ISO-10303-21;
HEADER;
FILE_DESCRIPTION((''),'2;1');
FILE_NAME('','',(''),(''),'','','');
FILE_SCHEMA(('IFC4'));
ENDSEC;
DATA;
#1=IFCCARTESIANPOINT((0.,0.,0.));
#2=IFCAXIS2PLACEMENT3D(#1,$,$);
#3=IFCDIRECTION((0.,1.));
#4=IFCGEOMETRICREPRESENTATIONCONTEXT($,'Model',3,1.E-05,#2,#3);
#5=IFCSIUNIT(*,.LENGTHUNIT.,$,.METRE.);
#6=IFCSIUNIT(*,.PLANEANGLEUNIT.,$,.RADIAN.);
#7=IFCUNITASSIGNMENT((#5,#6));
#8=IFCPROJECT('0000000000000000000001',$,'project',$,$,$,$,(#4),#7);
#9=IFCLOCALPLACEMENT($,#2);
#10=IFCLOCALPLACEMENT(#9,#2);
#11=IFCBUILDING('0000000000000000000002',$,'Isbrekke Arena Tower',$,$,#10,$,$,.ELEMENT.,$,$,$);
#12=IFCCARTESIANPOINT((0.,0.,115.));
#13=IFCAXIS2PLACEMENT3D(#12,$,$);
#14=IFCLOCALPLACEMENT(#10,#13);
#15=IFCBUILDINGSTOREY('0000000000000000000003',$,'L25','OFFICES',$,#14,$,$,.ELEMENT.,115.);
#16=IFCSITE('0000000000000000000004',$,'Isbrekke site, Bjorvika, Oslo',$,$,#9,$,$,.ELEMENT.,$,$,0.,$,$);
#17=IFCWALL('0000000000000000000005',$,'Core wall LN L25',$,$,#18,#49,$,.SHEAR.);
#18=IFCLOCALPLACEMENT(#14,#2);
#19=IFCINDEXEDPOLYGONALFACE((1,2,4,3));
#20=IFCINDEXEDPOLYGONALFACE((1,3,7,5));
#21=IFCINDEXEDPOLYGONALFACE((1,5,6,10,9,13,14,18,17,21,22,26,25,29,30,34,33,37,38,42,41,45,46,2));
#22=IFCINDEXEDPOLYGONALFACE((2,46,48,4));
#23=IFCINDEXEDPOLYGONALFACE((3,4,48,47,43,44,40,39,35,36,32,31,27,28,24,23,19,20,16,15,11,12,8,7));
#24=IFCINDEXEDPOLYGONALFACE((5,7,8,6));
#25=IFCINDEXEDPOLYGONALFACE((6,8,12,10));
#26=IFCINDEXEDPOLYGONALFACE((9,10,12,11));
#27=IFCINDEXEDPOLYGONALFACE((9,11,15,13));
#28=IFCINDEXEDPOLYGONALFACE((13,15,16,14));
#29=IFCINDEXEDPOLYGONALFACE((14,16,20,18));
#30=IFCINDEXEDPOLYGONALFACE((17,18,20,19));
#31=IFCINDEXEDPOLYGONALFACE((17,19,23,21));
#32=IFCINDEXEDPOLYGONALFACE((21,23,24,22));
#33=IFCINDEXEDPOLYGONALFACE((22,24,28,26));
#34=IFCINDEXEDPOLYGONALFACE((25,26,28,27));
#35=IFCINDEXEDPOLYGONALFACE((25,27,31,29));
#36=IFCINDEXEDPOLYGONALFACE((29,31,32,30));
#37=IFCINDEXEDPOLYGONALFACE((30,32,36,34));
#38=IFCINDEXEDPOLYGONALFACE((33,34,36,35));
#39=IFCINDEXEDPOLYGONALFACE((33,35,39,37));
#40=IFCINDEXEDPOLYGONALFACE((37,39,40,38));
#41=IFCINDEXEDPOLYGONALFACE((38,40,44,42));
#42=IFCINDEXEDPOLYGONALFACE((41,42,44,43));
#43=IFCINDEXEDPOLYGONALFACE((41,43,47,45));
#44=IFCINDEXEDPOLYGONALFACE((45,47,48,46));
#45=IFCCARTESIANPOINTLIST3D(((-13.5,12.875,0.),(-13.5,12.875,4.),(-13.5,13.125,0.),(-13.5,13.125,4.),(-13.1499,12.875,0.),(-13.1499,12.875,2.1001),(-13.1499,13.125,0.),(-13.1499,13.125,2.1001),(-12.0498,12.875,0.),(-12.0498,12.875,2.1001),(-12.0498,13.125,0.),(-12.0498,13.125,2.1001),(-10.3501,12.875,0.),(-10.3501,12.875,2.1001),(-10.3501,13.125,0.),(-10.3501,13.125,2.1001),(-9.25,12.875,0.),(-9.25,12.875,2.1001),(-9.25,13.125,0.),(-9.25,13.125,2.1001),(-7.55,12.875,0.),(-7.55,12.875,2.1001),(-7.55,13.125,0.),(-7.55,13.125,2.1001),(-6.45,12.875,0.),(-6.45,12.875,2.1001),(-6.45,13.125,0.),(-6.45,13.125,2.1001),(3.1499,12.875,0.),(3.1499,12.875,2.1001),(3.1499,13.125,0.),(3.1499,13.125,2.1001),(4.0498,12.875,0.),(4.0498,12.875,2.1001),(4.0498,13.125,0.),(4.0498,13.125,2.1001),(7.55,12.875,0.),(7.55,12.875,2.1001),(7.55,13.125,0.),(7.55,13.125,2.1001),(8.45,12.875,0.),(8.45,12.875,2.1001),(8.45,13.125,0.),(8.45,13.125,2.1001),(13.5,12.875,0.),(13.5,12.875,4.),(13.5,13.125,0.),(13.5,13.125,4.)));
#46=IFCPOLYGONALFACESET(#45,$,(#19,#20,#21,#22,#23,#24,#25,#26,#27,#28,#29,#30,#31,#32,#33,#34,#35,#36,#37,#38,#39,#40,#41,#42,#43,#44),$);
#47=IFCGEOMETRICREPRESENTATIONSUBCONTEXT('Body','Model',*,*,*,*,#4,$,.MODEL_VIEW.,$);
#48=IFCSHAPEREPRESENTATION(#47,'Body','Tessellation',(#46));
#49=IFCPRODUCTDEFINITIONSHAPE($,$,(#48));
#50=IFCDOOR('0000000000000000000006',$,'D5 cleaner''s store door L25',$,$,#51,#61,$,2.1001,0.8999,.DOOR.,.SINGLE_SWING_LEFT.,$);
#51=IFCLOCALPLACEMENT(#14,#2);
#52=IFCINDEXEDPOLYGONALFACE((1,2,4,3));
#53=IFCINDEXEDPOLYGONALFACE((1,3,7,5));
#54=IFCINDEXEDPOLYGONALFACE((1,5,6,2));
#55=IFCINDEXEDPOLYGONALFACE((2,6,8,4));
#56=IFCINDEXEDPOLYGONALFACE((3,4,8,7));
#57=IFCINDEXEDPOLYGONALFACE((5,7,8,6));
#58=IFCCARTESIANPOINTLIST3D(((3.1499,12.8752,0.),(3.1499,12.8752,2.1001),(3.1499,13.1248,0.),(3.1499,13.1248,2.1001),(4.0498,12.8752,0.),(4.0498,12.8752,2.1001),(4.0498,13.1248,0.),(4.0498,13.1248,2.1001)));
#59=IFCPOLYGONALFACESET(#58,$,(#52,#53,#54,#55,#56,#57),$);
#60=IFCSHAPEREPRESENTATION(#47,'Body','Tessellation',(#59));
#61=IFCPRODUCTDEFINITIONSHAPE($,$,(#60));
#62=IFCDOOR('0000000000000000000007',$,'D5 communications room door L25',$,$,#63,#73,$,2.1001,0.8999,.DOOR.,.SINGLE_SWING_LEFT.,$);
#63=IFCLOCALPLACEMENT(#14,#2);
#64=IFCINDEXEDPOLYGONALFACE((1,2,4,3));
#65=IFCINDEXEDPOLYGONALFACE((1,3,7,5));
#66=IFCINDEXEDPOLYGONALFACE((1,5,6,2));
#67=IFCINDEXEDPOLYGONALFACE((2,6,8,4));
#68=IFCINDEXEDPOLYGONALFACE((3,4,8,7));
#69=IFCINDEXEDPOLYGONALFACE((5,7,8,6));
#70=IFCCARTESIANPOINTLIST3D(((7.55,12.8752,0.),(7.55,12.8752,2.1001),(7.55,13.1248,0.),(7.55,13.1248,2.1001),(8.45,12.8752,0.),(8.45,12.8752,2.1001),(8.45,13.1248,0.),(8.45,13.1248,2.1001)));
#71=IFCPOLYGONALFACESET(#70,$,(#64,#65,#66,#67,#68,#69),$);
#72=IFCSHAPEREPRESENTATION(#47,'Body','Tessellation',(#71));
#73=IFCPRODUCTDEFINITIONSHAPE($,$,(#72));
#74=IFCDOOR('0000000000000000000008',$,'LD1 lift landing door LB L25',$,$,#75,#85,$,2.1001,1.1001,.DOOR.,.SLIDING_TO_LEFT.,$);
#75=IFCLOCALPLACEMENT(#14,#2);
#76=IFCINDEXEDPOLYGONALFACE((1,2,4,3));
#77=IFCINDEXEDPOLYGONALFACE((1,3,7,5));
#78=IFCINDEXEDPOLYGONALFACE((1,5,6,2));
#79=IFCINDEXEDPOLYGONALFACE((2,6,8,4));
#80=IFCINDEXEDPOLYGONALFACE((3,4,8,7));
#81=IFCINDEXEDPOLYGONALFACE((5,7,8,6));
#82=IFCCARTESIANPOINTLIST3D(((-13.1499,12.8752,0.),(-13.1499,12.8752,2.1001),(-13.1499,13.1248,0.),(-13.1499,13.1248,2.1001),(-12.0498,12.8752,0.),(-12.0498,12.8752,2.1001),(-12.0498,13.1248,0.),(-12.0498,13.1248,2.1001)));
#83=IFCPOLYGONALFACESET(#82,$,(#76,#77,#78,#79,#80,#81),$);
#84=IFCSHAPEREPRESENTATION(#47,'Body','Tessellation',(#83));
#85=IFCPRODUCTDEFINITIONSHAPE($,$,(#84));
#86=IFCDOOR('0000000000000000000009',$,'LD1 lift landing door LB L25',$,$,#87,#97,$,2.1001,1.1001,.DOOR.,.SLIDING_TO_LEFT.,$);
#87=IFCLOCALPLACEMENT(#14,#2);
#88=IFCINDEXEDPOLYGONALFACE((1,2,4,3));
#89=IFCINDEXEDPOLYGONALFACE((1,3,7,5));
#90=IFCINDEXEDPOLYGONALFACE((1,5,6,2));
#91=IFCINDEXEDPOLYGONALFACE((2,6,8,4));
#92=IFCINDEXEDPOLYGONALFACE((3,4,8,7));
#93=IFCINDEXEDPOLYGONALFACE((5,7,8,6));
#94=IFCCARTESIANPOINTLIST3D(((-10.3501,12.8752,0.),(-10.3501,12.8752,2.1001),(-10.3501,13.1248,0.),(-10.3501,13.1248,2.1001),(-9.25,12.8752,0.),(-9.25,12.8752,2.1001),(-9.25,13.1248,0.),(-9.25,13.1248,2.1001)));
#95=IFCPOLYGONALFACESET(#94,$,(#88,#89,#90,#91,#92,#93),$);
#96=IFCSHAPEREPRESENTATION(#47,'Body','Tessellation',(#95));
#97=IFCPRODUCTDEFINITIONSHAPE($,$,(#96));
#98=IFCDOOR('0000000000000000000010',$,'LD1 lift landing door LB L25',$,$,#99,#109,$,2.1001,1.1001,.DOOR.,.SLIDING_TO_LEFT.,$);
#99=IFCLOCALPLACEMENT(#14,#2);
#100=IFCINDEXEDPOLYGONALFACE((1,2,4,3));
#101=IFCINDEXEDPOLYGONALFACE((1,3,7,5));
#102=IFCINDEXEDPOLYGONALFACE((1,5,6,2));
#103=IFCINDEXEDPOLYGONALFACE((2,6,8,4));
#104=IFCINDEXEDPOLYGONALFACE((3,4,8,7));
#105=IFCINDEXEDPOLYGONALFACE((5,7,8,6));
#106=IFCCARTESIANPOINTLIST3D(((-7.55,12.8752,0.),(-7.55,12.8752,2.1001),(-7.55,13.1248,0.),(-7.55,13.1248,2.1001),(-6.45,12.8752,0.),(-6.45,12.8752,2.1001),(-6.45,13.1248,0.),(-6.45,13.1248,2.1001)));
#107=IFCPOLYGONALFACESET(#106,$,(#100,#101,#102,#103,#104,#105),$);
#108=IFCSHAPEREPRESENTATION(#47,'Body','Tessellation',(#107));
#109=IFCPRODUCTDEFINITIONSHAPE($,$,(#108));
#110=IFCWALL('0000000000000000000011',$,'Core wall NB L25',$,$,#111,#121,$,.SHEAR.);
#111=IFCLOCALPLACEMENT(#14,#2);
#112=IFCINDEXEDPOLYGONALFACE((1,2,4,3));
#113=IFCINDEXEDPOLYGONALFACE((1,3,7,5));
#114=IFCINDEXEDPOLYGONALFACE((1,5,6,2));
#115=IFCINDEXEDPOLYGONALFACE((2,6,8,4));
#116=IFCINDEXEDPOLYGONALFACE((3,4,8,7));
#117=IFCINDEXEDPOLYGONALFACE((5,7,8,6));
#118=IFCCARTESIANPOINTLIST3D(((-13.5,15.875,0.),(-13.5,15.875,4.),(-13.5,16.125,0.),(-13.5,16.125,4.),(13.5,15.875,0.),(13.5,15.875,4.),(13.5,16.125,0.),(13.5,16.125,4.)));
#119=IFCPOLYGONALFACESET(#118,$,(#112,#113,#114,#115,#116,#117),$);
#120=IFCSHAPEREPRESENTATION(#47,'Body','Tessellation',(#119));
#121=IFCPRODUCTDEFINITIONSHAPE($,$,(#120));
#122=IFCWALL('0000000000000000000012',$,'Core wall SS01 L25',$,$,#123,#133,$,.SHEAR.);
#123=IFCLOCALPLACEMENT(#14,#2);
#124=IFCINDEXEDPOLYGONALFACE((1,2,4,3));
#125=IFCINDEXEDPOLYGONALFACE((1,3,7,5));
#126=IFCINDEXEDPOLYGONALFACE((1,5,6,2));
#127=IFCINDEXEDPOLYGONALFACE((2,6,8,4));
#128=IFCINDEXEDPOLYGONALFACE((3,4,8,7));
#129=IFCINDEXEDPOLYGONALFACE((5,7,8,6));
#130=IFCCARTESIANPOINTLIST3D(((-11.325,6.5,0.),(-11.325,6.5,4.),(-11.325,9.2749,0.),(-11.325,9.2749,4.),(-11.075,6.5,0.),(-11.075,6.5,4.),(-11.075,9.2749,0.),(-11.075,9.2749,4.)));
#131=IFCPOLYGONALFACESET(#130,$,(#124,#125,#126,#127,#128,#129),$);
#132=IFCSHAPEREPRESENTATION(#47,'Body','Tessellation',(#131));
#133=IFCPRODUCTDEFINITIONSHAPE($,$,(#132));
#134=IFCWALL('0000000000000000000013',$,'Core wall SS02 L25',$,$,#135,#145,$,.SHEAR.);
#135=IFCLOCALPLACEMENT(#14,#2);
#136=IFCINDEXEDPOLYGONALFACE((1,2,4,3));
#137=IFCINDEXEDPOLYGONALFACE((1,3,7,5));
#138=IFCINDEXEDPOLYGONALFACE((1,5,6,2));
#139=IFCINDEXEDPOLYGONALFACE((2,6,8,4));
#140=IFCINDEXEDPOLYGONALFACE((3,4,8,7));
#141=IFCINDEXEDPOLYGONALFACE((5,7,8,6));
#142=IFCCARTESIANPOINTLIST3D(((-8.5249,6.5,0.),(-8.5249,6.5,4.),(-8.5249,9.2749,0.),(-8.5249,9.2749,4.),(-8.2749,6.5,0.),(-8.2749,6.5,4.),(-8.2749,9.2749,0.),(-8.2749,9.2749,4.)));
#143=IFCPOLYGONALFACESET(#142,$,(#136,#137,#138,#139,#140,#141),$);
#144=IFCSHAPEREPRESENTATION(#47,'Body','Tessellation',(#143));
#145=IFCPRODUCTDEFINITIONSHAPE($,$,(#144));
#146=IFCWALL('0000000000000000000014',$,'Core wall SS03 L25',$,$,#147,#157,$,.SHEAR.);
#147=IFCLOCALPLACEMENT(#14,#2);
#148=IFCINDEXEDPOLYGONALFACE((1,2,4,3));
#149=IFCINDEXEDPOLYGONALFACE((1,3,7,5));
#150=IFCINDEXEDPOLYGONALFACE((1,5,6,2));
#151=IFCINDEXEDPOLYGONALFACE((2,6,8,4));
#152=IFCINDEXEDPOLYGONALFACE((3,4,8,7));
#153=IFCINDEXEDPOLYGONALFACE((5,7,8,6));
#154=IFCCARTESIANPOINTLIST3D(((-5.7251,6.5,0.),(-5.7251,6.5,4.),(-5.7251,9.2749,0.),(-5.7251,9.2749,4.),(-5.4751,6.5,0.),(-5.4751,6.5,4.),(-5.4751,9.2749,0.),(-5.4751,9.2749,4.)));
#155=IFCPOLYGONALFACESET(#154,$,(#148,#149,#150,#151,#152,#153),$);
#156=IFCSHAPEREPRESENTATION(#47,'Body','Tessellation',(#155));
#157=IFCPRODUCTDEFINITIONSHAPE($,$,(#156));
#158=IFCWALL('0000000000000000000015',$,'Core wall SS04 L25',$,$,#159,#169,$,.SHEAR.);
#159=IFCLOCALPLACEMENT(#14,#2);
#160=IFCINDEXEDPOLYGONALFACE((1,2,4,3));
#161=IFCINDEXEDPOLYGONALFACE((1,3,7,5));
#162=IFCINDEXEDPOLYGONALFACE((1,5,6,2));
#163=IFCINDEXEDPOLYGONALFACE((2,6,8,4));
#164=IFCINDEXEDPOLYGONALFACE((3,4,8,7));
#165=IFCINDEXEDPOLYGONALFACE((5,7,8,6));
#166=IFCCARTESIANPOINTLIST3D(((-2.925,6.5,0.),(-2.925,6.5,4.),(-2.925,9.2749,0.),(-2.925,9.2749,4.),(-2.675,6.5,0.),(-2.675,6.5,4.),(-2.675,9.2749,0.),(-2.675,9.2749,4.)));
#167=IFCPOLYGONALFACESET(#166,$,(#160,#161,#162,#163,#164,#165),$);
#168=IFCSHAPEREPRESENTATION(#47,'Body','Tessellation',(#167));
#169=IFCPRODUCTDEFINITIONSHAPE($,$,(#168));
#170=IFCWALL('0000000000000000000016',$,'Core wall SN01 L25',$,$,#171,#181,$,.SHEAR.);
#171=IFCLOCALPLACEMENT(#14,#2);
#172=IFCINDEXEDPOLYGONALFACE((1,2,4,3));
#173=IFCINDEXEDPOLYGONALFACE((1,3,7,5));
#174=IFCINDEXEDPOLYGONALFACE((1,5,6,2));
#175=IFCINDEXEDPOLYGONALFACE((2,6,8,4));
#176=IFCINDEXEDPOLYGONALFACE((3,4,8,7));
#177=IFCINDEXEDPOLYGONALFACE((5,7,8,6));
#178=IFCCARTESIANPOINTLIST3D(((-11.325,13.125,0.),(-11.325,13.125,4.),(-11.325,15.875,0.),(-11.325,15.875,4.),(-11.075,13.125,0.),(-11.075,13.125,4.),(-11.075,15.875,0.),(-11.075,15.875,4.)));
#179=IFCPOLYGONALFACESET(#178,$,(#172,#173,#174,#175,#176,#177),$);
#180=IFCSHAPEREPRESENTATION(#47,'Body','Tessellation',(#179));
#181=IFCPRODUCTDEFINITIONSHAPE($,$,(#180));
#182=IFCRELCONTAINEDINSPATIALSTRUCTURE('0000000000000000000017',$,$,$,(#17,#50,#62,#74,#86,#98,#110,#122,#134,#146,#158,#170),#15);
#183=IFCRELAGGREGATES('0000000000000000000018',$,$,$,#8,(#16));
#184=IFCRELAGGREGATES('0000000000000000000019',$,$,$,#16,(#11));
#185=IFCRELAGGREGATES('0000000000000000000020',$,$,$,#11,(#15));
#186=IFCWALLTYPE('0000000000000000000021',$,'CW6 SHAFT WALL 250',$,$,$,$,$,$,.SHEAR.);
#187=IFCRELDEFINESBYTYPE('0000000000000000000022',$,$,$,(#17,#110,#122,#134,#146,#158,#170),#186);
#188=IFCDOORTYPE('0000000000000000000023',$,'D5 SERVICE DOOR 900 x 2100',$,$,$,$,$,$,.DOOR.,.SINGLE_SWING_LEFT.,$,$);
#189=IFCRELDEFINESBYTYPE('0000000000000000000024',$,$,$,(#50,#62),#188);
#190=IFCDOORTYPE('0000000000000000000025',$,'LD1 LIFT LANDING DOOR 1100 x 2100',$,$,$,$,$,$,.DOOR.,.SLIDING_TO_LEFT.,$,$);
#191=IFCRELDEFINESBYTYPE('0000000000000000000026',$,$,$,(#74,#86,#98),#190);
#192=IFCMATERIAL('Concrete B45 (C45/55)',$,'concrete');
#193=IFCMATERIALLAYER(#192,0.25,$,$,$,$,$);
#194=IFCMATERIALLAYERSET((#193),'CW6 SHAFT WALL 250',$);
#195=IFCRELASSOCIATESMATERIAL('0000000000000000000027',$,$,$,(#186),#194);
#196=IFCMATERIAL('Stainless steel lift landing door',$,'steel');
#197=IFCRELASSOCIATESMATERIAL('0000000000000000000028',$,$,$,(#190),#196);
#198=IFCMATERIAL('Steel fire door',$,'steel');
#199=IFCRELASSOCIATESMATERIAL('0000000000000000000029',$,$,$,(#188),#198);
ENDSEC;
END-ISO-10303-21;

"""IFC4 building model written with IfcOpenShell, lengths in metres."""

from ifc_helpers import new_model, si_unit, direction, frame, frame_2d, origin, place, context, subcontext, project, spatial, rectangle, extrude, material, layer, layer_set, type_object, element, fill, save


model = new_model("IFC4")

# Units and contexts
model_context = context("Model", 3, precision=1e-05, world=origin(), true_north=direction((0.0, 1.0)))
body_context = subcontext(model_context, "Body", "Model", "MODEL_VIEW")
ifc_project = project(units=[si_unit("LENGTHUNIT", "METRE"), si_unit("PLANEANGLEUNIT", "RADIAN")], contexts=[model_context])

# Site, building, storey
site_placement = place(None, origin())
site = spatial("IfcSite", under=ifc_project, at=site_placement, Name="Isbrekke site, Bjorvika, Oslo", CompositionType="ELEMENT", RefElevation=0.0)
building_placement = place(site_placement, origin())
building = spatial("IfcBuilding", under=site, at=building_placement, Name="Isbrekke Arena Tower", CompositionType="ELEMENT")
storey_placement = place(building_placement, frame((0.0, 0.0, 115.0)))
storey = spatial("IfcBuildingStorey", under=building, at=storey_placement, Name="L25", Description="OFFICES", CompositionType="ELEMENT", Elevation=115.0)

# Wall, openings, doors
ifc_material_1 = material(Name="Concrete B45 (C45/55)", Category="concrete")
ifc_layer_1 = layer(ifc_material_1, 0.25)
ifc_layer_set_1 = layer_set([ifc_layer_1], Name="CW6 SHAFT WALL 250")
wall_type_1 = type_object("IfcWallType", Name="CW6 SHAFT WALL 250", PredefinedType="SHEAR", material=ifc_layer_set_1)
ifc_material_2 = material(Name="Stainless steel lift landing door", Category="steel")
door_type_1 = type_object("IfcDoorType", Name="LD1 LIFT LANDING DOOR 1100 x 2100", OperationType="SLIDING_TO_LEFT", PredefinedType="DOOR", material=ifc_material_2)
wall_1_placement = place(storey_placement, frame((-13.5, 13.0, 0.0), z_axis=(0.0, 0.0, 1.0), x_axis=(1.0, 0.0, 0.0)))
wall_1 = element("IfcWall", 1, at=wall_1_placement, inside=storey, type_object=wall_type_1, Name="Core wall LN L25", PredefinedType="SHEAR", context=body_context, shape_type="SweptSolid", body=[
    extrude(rectangle(XDim=27.0, YDim=0.25, at=frame_2d((13.5, 0.0))), origin(), (0.0, 0.0, 1.0), 4.0),
])
opening_1_placement = place(wall_1_placement, frame((0.3501, 0.0, 0.0)))
opening_1 = element("IfcOpeningElement", 2, at=opening_1_placement, cuts=wall_1, PredefinedType="OPENING", context=body_context, shape_type="SweptSolid", body=[
    extrude(rectangle(XDim=1.1001, YDim=2.1001, at=frame_2d((0.55, 1.05))), frame((0.0, 0.1399, 0.0), z_axis=(0.0, -1.0, 0.0), x_axis=(1.0, 0.0, 0.0)), (0.0, 0.0, 1.0), 0.2798),
])
opening_2_placement = place(wall_1_placement, frame((3.1499, 0.0, 0.0)))
opening_2 = element("IfcOpeningElement", 3, at=opening_2_placement, cuts=wall_1, PredefinedType="OPENING", context=body_context, shape_type="SweptSolid", body=[
    extrude(rectangle(XDim=1.1001, YDim=2.1001, at=frame_2d((0.55, 1.05))), frame((0.0, 0.1399, 0.0), z_axis=(0.0, -1.0, 0.0), x_axis=(1.0, 0.0, 0.0)), (0.0, 0.0, 1.0), 0.2798),
])
opening_3_placement = place(wall_1_placement, frame((5.95, 0.0, 0.0)))
opening_3 = element("IfcOpeningElement", 4, at=opening_3_placement, cuts=wall_1, PredefinedType="OPENING", context=body_context, shape_type="SweptSolid", body=[
    extrude(rectangle(XDim=1.1001, YDim=2.1001, at=frame_2d((0.55, 1.05))), frame((0.0, 0.1399, 0.0), z_axis=(0.0, -1.0, 0.0), x_axis=(1.0, 0.0, 0.0)), (0.0, 0.0, 1.0), 0.2798),
])
opening_4_placement = place(wall_1_placement, frame((16.6499, 0.0, 0.0)))
opening_4 = element("IfcOpeningElement", 5, at=opening_4_placement, cuts=wall_1, PredefinedType="OPENING", context=body_context, shape_type="SweptSolid", body=[
    extrude(rectangle(XDim=0.8999, YDim=2.1001, at=frame_2d((0.45, 1.05))), frame((0.0, 0.1399, 0.0), z_axis=(0.0, -1.0, 0.0), x_axis=(1.0, 0.0, 0.0)), (0.0, 0.0, 1.0), 0.2798),
])
opening_5_placement = place(wall_1_placement, frame((21.05, 0.0, 0.0)))
opening_5 = element("IfcOpeningElement", 6, at=opening_5_placement, cuts=wall_1, PredefinedType="OPENING", context=body_context, shape_type="SweptSolid", body=[
    extrude(rectangle(XDim=0.8999, YDim=2.1001, at=frame_2d((0.45, 1.05))), frame((0.0, 0.1399, 0.0), z_axis=(0.0, -1.0, 0.0), x_axis=(1.0, 0.0, 0.0)), (0.0, 0.0, 1.0), 0.2798),
])
ifc_material_3 = material(Name="Steel fire door", Category="steel")
door_type_2 = type_object("IfcDoorType", Name="D5 SERVICE DOOR 900 x 2100", OperationType="SINGLE_SWING_LEFT", PredefinedType="DOOR", material=ifc_material_3)
door_1_placement = place(opening_4_placement, origin())
door_1 = element("IfcDoor", 7, at=door_1_placement, inside=storey, type_object=door_type_2, Name="D5 cleaner's store door L25", OperationType="SINGLE_SWING_LEFT", OverallHeight=2.1001, OverallWidth=0.8999, PredefinedType="DOOR", context=body_context, shape_type="SweptSolid", body=[
    extrude(rectangle(XDim=0.8999, YDim=2.1001, at=frame_2d((0.45, 1.05))), frame((0.0, 0.1248, 0.0), z_axis=(0.0, -1.0, 0.0), x_axis=(1.0, 0.0, 0.0)), (0.0, 0.0, 1.0), 0.2495),
])
fill(opening_4, door_1)
door_2_placement = place(opening_5_placement, origin())
door_2 = element("IfcDoor", 8, at=door_2_placement, inside=storey, type_object=door_type_2, Name="D5 communications room door L25", OperationType="SINGLE_SWING_LEFT", OverallHeight=2.1001, OverallWidth=0.8999, PredefinedType="DOOR", context=body_context, shape_type="SweptSolid", body=[
    extrude(rectangle(XDim=0.8999, YDim=2.1001, at=frame_2d((0.45, 1.05))), frame((0.0, 0.1248, 0.0), z_axis=(0.0, -1.0, 0.0), x_axis=(1.0, 0.0, 0.0)), (0.0, 0.0, 1.0), 0.2495),
])
fill(opening_5, door_2)
door_3_placement = place(opening_1_placement, origin())
door_3 = element("IfcDoor", 9, at=door_3_placement, inside=storey, type_object=door_type_1, Name="LD1 lift landing door LB L25", OperationType="SLIDING_TO_LEFT", OverallHeight=2.1001, OverallWidth=1.1001, PredefinedType="DOOR", context=body_context, shape_type="SweptSolid", body=[
    extrude(rectangle(XDim=1.1001, YDim=2.1001, at=frame_2d((0.55, 1.05))), frame((0.0, 0.1248, 0.0), z_axis=(0.0, -1.0, 0.0), x_axis=(1.0, 0.0, 0.0)), (0.0, 0.0, 1.0), 0.2495),
])
fill(opening_1, door_3)
door_4_placement = place(opening_2_placement, origin())
door_4 = element("IfcDoor", 10, at=door_4_placement, inside=storey, type_object=door_type_1, Name="LD1 lift landing door LB L25", OperationType="SLIDING_TO_LEFT", OverallHeight=2.1001, OverallWidth=1.1001, PredefinedType="DOOR", context=body_context, shape_type="SweptSolid", body=[
    extrude(rectangle(XDim=1.1001, YDim=2.1001, at=frame_2d((0.55, 1.05))), frame((0.0, 0.1248, 0.0), z_axis=(0.0, -1.0, 0.0), x_axis=(1.0, 0.0, 0.0)), (0.0, 0.0, 1.0), 0.2495),
])
fill(opening_2, door_4)
door_5_placement = place(opening_3_placement, origin())
door_5 = element("IfcDoor", 11, at=door_5_placement, inside=storey, type_object=door_type_1, Name="LD1 lift landing door LB L25", OperationType="SLIDING_TO_LEFT", OverallHeight=2.1001, OverallWidth=1.1001, PredefinedType="DOOR", context=body_context, shape_type="SweptSolid", body=[
    extrude(rectangle(XDim=1.1001, YDim=2.1001, at=frame_2d((0.55, 1.05))), frame((0.0, 0.1248, 0.0), z_axis=(0.0, -1.0, 0.0), x_axis=(1.0, 0.0, 0.0)), (0.0, 0.0, 1.0), 0.2495),
])
fill(opening_3, door_5)

# Walls
wall_2_placement = place(storey_placement, frame((-13.5, 16.0, 0.0), z_axis=(0.0, 0.0, 1.0), x_axis=(1.0, 0.0, 0.0)))
element("IfcWall", 12, at=wall_2_placement, inside=storey, type_object=wall_type_1, Name="Core wall NB L25", PredefinedType="SHEAR", context=body_context, shape_type="SweptSolid", body=[
    extrude(rectangle(XDim=27.0, YDim=0.25, at=frame_2d((13.5, 0.0))), origin(), (0.0, 0.0, 1.0), 4.0),
])
for number, where, z_axis, x_axis, name in (
    (13, (-11.2, 6.5, 0.0), (0.0, 0.0, 1.0), (0.0, 1.0, 0.0), "Core wall SS01 L25"),
    (14, (-8.3999, 6.5, 0.0), (0.0, 0.0, 1.0), (0.0, 1.0, 0.0), "Core wall SS02 L25"),
    (15, (-5.6001, 6.5, 0.0), (0.0, 0.0, 1.0), (0.0, 1.0, 0.0), "Core wall SS03 L25"),
    (16, (-2.8, 6.5, 0.0), (0.0, 0.0, 1.0), (0.0, 1.0, 0.0), "Core wall SS04 L25"),
):
    element("IfcWall", number, at=place(storey_placement, frame(where, z_axis=z_axis, x_axis=x_axis)), inside=storey, type_object=wall_type_1, Name=name, PredefinedType="SHEAR", context=body_context, shape_type="SweptSolid", body=[
        extrude(rectangle(XDim=2.7749, YDim=0.25, at=frame_2d((1.3875, 0.0))), origin(), (0.0, 0.0, 1.0), 4.0),
    ])
for number, where, z_axis, x_axis, name in (
    (17, (-11.2, 13.125, 0.0), (0.0, 0.0, 1.0), (0.0, 1.0, 0.0), "Core wall SN01 L25"),
):
    element("IfcWall", number, at=place(storey_placement, frame(where, z_axis=z_axis, x_axis=x_axis)), inside=storey, type_object=wall_type_1, Name=name, PredefinedType="SHEAR", context=body_context, shape_type="SweptSolid", body=[
        extrude(rectangle(XDim=2.75, YDim=0.25, at=frame_2d((1.375, 0.0))), origin(), (0.0, 0.0, 1.0), 4.0),
    ])

save(model, "model.ifc")
